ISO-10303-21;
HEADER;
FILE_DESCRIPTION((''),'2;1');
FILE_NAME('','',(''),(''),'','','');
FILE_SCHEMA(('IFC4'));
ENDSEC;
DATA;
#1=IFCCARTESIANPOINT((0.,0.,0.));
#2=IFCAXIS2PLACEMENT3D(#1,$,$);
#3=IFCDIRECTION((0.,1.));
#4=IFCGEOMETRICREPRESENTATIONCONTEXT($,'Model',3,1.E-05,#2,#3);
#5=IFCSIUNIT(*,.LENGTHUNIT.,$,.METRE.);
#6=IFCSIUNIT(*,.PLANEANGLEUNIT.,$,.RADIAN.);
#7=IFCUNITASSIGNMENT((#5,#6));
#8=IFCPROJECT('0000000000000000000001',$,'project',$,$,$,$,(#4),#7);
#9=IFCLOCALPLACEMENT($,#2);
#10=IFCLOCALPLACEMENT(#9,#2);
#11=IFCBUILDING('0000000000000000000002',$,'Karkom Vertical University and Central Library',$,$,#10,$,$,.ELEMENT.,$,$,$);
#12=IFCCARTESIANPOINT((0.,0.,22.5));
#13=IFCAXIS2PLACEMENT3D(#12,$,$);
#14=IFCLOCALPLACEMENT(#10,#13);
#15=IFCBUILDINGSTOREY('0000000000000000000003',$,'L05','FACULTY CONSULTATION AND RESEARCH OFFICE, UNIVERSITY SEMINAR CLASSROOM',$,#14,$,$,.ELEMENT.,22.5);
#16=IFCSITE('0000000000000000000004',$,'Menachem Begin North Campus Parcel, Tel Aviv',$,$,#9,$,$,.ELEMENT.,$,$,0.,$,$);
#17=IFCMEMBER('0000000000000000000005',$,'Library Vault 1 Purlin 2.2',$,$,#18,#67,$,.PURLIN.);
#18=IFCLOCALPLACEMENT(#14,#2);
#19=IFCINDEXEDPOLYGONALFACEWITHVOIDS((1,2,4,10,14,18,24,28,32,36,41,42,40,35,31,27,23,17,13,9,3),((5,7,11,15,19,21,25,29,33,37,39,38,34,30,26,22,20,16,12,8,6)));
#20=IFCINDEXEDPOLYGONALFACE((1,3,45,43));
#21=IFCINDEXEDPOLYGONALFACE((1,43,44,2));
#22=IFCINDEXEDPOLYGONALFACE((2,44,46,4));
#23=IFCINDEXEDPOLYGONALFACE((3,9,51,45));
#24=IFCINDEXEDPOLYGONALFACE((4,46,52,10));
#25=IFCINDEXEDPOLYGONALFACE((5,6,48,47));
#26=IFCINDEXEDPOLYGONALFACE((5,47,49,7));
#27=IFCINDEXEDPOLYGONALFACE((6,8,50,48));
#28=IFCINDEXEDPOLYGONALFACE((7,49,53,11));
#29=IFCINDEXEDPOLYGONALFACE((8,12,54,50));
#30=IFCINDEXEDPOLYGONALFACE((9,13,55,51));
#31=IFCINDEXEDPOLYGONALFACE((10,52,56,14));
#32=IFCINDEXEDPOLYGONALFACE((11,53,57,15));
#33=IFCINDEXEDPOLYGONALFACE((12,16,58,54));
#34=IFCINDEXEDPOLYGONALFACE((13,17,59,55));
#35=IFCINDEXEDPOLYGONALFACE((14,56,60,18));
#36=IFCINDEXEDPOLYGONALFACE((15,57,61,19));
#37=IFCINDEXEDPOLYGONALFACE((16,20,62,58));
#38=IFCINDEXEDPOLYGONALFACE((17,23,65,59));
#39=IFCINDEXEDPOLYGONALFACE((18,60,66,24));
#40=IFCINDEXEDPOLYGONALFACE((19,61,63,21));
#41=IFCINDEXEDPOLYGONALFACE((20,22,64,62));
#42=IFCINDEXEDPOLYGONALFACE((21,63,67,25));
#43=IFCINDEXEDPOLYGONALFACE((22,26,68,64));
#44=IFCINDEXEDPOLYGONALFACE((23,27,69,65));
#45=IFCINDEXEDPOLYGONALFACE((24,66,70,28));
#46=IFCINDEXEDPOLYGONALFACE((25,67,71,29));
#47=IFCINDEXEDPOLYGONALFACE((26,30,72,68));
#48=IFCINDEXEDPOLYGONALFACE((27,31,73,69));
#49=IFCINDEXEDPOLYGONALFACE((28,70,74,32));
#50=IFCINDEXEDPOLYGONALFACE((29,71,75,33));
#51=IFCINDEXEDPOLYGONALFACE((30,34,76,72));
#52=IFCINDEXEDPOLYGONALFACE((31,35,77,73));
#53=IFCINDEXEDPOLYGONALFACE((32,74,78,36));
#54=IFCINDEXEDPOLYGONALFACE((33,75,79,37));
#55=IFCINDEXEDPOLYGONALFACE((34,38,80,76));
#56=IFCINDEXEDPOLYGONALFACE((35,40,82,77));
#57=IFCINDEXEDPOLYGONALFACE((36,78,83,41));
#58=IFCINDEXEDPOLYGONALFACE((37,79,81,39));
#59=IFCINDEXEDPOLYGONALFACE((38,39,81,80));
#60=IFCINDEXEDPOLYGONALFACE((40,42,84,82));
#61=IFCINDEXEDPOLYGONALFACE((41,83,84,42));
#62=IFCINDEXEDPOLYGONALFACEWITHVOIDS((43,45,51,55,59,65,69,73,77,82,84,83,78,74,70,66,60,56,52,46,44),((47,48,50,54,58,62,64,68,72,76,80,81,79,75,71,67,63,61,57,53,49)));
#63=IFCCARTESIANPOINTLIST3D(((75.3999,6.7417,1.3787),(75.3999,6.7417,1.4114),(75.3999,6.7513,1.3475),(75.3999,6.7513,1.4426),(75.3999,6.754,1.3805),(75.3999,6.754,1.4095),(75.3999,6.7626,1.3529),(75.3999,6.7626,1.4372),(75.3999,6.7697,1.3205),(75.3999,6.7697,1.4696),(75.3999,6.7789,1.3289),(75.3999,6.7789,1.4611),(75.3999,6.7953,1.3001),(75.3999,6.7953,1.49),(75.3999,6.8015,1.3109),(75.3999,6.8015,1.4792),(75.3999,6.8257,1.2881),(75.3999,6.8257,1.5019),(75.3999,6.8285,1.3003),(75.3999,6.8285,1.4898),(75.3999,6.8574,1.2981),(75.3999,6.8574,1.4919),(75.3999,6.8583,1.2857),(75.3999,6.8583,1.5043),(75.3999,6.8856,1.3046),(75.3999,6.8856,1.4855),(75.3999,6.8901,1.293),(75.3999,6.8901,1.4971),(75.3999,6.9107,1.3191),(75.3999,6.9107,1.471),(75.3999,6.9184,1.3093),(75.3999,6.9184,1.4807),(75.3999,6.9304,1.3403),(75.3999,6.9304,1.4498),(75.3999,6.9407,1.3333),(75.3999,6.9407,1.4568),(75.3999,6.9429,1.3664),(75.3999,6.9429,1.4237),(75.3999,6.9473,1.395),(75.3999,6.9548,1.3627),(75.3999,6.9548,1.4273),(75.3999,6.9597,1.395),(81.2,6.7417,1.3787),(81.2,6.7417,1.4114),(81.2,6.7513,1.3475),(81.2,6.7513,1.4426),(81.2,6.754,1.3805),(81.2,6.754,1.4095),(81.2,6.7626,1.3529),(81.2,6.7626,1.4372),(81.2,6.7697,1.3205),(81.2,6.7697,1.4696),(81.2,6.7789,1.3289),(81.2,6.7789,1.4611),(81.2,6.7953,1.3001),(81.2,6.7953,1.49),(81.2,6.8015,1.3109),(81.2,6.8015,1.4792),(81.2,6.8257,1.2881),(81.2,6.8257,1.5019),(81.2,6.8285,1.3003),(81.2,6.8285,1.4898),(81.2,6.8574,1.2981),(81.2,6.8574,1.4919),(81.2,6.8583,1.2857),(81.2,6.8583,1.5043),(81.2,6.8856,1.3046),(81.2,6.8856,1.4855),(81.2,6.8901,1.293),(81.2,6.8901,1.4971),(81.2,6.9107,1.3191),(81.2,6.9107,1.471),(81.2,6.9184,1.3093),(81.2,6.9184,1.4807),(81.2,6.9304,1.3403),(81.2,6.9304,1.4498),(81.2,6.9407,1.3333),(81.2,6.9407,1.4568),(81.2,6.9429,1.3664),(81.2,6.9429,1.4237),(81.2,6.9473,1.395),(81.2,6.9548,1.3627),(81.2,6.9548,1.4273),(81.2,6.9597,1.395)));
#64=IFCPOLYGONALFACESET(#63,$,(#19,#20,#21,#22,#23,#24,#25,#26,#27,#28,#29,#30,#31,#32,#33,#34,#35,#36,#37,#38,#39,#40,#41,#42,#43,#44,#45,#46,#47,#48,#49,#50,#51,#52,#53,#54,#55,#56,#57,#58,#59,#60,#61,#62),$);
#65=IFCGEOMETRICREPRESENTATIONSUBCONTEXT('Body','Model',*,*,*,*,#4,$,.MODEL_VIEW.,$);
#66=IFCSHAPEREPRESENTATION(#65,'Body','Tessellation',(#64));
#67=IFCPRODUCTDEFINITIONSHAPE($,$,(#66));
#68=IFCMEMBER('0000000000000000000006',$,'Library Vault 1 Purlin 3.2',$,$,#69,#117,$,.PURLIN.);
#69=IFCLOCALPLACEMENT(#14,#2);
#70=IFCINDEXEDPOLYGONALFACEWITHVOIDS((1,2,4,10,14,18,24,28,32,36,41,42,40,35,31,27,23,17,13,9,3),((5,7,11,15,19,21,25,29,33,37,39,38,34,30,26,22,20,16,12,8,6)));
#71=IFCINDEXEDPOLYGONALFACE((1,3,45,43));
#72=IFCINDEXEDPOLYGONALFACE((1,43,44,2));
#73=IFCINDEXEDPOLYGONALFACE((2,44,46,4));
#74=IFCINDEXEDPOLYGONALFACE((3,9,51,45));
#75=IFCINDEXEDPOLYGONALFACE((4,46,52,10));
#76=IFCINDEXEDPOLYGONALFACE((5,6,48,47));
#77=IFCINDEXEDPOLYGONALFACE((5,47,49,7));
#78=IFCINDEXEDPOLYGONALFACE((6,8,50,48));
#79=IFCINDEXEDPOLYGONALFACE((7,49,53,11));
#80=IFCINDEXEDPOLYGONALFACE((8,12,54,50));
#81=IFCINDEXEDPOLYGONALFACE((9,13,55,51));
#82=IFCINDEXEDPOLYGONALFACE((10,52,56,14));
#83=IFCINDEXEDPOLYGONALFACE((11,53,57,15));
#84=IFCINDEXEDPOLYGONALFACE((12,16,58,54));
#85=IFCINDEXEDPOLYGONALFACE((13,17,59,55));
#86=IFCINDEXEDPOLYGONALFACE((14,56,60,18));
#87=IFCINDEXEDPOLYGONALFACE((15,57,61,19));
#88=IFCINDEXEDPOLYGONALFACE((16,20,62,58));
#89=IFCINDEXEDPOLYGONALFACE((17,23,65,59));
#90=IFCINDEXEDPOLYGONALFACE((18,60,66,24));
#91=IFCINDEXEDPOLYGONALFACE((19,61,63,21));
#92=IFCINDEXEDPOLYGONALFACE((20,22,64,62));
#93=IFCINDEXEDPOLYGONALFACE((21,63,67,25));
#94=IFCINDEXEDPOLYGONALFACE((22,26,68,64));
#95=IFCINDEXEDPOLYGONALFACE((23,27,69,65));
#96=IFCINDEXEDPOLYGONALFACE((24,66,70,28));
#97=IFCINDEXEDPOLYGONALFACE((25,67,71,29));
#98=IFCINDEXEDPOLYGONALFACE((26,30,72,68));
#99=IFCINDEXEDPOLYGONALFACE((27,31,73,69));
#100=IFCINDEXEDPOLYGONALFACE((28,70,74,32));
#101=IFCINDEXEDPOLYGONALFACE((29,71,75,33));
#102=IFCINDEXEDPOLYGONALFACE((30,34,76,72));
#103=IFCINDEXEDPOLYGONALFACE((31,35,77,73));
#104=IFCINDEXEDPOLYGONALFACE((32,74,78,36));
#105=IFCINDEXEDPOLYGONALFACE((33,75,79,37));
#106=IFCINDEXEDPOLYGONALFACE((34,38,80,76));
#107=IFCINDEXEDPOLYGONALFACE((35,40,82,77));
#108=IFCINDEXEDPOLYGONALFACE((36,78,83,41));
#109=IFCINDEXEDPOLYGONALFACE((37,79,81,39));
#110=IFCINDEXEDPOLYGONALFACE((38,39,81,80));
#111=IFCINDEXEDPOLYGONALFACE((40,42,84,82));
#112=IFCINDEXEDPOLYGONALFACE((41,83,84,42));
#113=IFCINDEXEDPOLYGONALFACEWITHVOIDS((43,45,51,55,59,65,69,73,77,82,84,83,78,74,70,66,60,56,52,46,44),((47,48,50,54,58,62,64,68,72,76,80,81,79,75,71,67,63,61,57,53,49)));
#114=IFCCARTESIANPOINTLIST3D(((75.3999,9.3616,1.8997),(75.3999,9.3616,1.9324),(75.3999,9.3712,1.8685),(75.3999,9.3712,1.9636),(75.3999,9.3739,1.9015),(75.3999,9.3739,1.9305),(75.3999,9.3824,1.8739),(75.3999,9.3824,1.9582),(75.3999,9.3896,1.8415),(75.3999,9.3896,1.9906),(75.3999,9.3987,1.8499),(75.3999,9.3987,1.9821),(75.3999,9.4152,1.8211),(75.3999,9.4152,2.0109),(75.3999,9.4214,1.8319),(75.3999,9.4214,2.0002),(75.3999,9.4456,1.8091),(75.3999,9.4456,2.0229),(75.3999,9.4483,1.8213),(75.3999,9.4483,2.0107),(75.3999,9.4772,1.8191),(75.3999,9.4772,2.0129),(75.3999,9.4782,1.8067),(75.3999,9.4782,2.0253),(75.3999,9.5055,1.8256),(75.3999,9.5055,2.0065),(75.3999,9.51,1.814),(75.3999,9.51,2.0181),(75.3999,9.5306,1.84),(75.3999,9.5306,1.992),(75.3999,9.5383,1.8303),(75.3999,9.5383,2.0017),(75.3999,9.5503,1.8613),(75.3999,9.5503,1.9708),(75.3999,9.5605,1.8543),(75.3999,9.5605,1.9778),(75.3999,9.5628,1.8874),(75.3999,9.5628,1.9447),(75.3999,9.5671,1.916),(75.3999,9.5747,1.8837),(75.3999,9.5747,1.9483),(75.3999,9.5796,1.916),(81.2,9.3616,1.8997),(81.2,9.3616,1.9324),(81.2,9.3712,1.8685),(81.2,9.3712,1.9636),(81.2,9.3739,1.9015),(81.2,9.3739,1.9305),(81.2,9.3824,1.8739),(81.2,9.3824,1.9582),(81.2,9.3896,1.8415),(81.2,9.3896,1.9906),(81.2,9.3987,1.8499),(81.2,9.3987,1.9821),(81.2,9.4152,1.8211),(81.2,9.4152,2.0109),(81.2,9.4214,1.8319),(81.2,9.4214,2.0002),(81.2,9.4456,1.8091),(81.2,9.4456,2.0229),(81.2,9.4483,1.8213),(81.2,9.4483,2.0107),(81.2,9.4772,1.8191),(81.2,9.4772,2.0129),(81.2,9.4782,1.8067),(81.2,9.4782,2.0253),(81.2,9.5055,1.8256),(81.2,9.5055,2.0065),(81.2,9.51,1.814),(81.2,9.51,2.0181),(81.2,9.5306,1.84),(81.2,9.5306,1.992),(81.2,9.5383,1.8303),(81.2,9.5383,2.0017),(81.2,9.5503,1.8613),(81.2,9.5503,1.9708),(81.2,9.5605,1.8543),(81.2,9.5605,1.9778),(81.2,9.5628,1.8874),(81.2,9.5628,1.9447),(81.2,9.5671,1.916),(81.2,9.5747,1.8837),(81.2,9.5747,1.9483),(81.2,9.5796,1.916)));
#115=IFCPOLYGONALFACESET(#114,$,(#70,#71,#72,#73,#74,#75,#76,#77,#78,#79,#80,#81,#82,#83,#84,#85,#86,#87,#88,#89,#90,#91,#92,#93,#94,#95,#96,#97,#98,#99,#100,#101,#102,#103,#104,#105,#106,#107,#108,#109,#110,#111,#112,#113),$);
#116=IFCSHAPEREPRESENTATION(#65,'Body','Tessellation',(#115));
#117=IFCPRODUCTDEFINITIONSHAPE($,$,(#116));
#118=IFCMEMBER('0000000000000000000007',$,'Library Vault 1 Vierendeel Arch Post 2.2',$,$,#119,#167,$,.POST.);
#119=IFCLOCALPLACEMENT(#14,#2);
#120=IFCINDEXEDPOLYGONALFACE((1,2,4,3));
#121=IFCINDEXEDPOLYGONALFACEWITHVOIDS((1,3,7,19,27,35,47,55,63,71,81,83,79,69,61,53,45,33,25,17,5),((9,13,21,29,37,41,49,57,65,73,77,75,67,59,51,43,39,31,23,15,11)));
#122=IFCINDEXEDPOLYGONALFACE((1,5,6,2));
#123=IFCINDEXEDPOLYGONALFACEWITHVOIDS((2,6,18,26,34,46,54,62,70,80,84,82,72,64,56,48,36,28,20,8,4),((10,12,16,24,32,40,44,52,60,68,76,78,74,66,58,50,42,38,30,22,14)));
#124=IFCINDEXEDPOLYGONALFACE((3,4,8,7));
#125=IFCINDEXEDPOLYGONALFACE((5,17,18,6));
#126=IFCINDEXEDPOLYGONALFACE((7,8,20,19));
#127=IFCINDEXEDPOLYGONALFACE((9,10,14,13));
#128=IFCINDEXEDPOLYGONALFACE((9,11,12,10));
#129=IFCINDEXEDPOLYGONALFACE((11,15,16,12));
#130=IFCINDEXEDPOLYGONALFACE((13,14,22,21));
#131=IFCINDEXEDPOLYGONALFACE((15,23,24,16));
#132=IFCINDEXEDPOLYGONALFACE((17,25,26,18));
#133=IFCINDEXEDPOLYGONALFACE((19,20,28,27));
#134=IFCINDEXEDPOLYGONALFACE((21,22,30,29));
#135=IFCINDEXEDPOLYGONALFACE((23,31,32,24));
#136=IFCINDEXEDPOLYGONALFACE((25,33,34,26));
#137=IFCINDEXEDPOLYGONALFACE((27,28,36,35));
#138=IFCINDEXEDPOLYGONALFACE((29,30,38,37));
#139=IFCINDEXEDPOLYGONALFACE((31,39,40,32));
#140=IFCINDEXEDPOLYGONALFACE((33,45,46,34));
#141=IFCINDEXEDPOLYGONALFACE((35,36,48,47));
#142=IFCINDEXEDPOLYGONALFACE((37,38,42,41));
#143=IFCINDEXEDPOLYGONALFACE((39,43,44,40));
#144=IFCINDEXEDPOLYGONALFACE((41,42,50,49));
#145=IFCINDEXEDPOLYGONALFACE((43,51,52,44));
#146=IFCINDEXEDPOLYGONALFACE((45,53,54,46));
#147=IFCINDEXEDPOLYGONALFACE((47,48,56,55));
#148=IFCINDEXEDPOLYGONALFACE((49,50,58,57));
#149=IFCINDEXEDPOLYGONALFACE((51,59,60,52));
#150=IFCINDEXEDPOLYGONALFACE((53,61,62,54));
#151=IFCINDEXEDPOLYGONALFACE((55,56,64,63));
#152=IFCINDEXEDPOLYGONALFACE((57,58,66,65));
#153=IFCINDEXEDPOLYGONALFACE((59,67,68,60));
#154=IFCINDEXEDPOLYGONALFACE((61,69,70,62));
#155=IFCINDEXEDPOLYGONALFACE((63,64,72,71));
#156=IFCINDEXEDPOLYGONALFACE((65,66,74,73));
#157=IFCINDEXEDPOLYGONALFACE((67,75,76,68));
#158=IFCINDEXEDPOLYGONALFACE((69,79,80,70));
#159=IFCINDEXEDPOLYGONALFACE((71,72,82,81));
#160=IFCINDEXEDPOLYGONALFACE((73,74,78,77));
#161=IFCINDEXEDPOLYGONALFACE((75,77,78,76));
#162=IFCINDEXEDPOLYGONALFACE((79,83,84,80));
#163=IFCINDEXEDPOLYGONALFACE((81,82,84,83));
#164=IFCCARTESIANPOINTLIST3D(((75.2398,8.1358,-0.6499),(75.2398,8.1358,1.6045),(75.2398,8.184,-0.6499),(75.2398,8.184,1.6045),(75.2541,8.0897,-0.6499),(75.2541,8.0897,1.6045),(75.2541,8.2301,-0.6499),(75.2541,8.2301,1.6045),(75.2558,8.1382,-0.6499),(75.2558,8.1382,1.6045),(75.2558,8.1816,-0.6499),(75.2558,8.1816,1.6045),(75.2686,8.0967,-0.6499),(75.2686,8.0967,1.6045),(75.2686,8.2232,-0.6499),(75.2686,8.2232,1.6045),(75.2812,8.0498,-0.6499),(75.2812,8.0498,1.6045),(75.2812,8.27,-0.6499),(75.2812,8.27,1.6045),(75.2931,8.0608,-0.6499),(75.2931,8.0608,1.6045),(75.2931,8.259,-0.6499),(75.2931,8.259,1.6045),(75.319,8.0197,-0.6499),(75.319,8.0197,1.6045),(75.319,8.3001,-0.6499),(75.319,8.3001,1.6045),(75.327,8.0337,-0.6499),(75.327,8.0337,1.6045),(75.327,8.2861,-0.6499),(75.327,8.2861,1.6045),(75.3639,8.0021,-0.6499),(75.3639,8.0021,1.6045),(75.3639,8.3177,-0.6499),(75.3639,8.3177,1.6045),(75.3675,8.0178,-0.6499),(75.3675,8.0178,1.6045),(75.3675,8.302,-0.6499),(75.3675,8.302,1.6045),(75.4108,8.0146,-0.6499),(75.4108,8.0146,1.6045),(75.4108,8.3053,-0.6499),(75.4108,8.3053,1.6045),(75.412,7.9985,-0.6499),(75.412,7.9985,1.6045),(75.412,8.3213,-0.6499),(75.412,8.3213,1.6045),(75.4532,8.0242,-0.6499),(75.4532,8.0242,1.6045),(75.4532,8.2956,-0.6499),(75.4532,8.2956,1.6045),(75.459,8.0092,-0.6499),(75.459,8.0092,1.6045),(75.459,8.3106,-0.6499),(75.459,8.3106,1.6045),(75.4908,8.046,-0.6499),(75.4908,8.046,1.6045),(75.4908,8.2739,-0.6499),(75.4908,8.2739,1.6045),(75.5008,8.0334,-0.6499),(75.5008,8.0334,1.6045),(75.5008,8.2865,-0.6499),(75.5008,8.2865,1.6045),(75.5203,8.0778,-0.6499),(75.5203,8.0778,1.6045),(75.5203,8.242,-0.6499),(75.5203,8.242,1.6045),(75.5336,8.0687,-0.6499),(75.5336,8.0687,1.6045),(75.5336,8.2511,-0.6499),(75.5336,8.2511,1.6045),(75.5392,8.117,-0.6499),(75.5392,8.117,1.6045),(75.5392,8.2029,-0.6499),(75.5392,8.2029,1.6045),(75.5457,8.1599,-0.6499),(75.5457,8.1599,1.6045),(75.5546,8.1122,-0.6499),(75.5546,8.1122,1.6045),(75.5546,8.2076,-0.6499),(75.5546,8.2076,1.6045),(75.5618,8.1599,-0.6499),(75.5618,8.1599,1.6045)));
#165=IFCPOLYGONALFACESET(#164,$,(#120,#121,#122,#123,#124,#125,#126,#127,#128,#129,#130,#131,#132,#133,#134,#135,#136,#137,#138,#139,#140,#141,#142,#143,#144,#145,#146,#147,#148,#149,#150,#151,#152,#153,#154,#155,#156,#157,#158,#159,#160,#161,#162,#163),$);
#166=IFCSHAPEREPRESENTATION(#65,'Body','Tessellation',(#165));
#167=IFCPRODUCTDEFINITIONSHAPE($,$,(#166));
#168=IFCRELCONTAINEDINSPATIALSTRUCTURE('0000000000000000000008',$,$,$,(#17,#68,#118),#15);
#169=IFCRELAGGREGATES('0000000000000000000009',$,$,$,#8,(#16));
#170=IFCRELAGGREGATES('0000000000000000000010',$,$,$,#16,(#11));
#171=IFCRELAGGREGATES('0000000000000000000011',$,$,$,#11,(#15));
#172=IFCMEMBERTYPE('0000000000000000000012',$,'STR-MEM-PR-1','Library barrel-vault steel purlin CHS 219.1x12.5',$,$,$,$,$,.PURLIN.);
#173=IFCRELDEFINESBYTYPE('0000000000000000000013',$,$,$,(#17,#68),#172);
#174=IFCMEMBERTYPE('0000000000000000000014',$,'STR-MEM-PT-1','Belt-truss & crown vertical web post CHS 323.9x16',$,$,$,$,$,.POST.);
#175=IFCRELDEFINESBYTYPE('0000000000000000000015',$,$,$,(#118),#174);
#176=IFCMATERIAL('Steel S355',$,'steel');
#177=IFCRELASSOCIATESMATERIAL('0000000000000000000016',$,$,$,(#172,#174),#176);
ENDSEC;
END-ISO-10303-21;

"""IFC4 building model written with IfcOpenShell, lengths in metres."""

from ifc_helpers import new_model, si_unit, direction, frame, origin, origin_with_axes, origin_2d, place, context, subcontext, project, spatial, hollow_circle, extrude, source, transform, mapped, material, material_profile, profile_set, type_object, element, save


model = new_model("IFC4")

# Units and contexts
model_context = context("Model", 3, precision=1e-05, world=origin(), true_north=direction((0.0, 1.0)))
body_context = subcontext(model_context, "Body", "Model", "MODEL_VIEW")
ifc_project = project(units=[si_unit("LENGTHUNIT", "METRE"), si_unit("PLANEANGLEUNIT", "RADIAN")], contexts=[model_context])

# Site, building, storey
site_placement = place(None, origin())
site = spatial("IfcSite", under=ifc_project, at=site_placement, Name="Menachem Begin North Campus Parcel, Tel Aviv", CompositionType="ELEMENT", RefElevation=0.0)
building_placement = place(site_placement, origin())
building = spatial("IfcBuilding", under=site, at=building_placement, Name="Karkom Vertical University and Central Library", CompositionType="ELEMENT")
storey_placement = place(building_placement, frame((0.0, 0.0, 22.5)))
storey = spatial("IfcBuildingStorey", under=building, at=storey_placement, Name="L05", Description="FACULTY CONSULTATION AND RESEARCH OFFICE, UNIVERSITY SEMINAR CLASSROOM", CompositionType="ELEMENT", Elevation=22.5)

# Members
ifc_material_1 = material(Name="Steel S355", Category="steel")
ifc_material_profile_1 = material_profile(ifc_material_1, hollow_circle(Radius=0.1096, WallThickness=0.0125, at=origin_2d()), Name="CHS 219.1x12.5")
ifc_profile_set_1 = profile_set([ifc_material_profile_1], Name="Steel S355")
member_type_1 = type_object("IfcMemberType", Name="STR-MEM-PR-1", Description="Library barrel-vault steel purlin CHS 219.1x12.5", PredefinedType="PURLIN", material=ifc_profile_set_1)
shared_shape_1 = source(origin_with_axes(), body_context, "Body", "SweptSolid", [
    extrude(hollow_circle(Radius=0.1096, WallThickness=0.0125, at=origin_2d()), origin(), (0.0, 0.0, 1.0), 5.8),
])
for number, where, z_axis, x_axis, name in (
    (1, (75.3999, 6.8501, 1.395), (1.0, 0.0, 0.0), (0.0, 1.0, 0.0), "Library Vault 1 Purlin 2.2"),
    (2, (75.3999, 9.47, 1.916), (1.0, 0.0, 0.0), (0.0, 1.0, 0.0), "Library Vault 1 Purlin 3.2"),
):
    element("IfcMember", number, at=place(storey_placement, frame(where, z_axis=z_axis, x_axis=x_axis)), inside=storey, type_object=member_type_1, Name=name, PredefinedType="PURLIN", context=body_context, shape_type="MappedRepresentation", body=[
        mapped(shared_shape_1, transform((0.0, 0.0, 0.0), scale=1.0)),
    ])
ifc_material_profile_2 = material_profile(ifc_material_1, hollow_circle(Radius=0.1619, WallThickness=0.0161, at=origin_2d()), Name="CHS 323.9x16")
ifc_profile_set_2 = profile_set([ifc_material_profile_2], Name="Steel S355")
member_type_2 = type_object("IfcMemberType", Name="STR-MEM-PT-1", Description="Belt-truss & crown vertical web post CHS 323.9x16", PredefinedType="POST", material=ifc_profile_set_2)
shared_shape_2 = source(origin_with_axes(), body_context, "Body", "SweptSolid", [
    extrude(hollow_circle(Radius=0.1619, WallThickness=0.0161, at=origin_2d()), origin(), (0.0, 0.0, 1.0), 2.2544),
])
for number, where, z_axis, x_axis, name in (
    (3, (75.3999, 8.1599, -0.6499), (0.0, 0.0, 1.0), (1.0, 0.0, 0.0), "Library Vault 1 Vierendeel Arch Post 2.2"),
):
    element("IfcMember", number, at=place(storey_placement, frame(where, z_axis=z_axis, x_axis=x_axis)), inside=storey, type_object=member_type_2, Name=name, PredefinedType="POST", context=body_context, shape_type="MappedRepresentation", body=[
        mapped(shared_shape_2, transform((0.0, 0.0, 0.0), scale=1.0)),
    ])

save(model, "model.ifc")
